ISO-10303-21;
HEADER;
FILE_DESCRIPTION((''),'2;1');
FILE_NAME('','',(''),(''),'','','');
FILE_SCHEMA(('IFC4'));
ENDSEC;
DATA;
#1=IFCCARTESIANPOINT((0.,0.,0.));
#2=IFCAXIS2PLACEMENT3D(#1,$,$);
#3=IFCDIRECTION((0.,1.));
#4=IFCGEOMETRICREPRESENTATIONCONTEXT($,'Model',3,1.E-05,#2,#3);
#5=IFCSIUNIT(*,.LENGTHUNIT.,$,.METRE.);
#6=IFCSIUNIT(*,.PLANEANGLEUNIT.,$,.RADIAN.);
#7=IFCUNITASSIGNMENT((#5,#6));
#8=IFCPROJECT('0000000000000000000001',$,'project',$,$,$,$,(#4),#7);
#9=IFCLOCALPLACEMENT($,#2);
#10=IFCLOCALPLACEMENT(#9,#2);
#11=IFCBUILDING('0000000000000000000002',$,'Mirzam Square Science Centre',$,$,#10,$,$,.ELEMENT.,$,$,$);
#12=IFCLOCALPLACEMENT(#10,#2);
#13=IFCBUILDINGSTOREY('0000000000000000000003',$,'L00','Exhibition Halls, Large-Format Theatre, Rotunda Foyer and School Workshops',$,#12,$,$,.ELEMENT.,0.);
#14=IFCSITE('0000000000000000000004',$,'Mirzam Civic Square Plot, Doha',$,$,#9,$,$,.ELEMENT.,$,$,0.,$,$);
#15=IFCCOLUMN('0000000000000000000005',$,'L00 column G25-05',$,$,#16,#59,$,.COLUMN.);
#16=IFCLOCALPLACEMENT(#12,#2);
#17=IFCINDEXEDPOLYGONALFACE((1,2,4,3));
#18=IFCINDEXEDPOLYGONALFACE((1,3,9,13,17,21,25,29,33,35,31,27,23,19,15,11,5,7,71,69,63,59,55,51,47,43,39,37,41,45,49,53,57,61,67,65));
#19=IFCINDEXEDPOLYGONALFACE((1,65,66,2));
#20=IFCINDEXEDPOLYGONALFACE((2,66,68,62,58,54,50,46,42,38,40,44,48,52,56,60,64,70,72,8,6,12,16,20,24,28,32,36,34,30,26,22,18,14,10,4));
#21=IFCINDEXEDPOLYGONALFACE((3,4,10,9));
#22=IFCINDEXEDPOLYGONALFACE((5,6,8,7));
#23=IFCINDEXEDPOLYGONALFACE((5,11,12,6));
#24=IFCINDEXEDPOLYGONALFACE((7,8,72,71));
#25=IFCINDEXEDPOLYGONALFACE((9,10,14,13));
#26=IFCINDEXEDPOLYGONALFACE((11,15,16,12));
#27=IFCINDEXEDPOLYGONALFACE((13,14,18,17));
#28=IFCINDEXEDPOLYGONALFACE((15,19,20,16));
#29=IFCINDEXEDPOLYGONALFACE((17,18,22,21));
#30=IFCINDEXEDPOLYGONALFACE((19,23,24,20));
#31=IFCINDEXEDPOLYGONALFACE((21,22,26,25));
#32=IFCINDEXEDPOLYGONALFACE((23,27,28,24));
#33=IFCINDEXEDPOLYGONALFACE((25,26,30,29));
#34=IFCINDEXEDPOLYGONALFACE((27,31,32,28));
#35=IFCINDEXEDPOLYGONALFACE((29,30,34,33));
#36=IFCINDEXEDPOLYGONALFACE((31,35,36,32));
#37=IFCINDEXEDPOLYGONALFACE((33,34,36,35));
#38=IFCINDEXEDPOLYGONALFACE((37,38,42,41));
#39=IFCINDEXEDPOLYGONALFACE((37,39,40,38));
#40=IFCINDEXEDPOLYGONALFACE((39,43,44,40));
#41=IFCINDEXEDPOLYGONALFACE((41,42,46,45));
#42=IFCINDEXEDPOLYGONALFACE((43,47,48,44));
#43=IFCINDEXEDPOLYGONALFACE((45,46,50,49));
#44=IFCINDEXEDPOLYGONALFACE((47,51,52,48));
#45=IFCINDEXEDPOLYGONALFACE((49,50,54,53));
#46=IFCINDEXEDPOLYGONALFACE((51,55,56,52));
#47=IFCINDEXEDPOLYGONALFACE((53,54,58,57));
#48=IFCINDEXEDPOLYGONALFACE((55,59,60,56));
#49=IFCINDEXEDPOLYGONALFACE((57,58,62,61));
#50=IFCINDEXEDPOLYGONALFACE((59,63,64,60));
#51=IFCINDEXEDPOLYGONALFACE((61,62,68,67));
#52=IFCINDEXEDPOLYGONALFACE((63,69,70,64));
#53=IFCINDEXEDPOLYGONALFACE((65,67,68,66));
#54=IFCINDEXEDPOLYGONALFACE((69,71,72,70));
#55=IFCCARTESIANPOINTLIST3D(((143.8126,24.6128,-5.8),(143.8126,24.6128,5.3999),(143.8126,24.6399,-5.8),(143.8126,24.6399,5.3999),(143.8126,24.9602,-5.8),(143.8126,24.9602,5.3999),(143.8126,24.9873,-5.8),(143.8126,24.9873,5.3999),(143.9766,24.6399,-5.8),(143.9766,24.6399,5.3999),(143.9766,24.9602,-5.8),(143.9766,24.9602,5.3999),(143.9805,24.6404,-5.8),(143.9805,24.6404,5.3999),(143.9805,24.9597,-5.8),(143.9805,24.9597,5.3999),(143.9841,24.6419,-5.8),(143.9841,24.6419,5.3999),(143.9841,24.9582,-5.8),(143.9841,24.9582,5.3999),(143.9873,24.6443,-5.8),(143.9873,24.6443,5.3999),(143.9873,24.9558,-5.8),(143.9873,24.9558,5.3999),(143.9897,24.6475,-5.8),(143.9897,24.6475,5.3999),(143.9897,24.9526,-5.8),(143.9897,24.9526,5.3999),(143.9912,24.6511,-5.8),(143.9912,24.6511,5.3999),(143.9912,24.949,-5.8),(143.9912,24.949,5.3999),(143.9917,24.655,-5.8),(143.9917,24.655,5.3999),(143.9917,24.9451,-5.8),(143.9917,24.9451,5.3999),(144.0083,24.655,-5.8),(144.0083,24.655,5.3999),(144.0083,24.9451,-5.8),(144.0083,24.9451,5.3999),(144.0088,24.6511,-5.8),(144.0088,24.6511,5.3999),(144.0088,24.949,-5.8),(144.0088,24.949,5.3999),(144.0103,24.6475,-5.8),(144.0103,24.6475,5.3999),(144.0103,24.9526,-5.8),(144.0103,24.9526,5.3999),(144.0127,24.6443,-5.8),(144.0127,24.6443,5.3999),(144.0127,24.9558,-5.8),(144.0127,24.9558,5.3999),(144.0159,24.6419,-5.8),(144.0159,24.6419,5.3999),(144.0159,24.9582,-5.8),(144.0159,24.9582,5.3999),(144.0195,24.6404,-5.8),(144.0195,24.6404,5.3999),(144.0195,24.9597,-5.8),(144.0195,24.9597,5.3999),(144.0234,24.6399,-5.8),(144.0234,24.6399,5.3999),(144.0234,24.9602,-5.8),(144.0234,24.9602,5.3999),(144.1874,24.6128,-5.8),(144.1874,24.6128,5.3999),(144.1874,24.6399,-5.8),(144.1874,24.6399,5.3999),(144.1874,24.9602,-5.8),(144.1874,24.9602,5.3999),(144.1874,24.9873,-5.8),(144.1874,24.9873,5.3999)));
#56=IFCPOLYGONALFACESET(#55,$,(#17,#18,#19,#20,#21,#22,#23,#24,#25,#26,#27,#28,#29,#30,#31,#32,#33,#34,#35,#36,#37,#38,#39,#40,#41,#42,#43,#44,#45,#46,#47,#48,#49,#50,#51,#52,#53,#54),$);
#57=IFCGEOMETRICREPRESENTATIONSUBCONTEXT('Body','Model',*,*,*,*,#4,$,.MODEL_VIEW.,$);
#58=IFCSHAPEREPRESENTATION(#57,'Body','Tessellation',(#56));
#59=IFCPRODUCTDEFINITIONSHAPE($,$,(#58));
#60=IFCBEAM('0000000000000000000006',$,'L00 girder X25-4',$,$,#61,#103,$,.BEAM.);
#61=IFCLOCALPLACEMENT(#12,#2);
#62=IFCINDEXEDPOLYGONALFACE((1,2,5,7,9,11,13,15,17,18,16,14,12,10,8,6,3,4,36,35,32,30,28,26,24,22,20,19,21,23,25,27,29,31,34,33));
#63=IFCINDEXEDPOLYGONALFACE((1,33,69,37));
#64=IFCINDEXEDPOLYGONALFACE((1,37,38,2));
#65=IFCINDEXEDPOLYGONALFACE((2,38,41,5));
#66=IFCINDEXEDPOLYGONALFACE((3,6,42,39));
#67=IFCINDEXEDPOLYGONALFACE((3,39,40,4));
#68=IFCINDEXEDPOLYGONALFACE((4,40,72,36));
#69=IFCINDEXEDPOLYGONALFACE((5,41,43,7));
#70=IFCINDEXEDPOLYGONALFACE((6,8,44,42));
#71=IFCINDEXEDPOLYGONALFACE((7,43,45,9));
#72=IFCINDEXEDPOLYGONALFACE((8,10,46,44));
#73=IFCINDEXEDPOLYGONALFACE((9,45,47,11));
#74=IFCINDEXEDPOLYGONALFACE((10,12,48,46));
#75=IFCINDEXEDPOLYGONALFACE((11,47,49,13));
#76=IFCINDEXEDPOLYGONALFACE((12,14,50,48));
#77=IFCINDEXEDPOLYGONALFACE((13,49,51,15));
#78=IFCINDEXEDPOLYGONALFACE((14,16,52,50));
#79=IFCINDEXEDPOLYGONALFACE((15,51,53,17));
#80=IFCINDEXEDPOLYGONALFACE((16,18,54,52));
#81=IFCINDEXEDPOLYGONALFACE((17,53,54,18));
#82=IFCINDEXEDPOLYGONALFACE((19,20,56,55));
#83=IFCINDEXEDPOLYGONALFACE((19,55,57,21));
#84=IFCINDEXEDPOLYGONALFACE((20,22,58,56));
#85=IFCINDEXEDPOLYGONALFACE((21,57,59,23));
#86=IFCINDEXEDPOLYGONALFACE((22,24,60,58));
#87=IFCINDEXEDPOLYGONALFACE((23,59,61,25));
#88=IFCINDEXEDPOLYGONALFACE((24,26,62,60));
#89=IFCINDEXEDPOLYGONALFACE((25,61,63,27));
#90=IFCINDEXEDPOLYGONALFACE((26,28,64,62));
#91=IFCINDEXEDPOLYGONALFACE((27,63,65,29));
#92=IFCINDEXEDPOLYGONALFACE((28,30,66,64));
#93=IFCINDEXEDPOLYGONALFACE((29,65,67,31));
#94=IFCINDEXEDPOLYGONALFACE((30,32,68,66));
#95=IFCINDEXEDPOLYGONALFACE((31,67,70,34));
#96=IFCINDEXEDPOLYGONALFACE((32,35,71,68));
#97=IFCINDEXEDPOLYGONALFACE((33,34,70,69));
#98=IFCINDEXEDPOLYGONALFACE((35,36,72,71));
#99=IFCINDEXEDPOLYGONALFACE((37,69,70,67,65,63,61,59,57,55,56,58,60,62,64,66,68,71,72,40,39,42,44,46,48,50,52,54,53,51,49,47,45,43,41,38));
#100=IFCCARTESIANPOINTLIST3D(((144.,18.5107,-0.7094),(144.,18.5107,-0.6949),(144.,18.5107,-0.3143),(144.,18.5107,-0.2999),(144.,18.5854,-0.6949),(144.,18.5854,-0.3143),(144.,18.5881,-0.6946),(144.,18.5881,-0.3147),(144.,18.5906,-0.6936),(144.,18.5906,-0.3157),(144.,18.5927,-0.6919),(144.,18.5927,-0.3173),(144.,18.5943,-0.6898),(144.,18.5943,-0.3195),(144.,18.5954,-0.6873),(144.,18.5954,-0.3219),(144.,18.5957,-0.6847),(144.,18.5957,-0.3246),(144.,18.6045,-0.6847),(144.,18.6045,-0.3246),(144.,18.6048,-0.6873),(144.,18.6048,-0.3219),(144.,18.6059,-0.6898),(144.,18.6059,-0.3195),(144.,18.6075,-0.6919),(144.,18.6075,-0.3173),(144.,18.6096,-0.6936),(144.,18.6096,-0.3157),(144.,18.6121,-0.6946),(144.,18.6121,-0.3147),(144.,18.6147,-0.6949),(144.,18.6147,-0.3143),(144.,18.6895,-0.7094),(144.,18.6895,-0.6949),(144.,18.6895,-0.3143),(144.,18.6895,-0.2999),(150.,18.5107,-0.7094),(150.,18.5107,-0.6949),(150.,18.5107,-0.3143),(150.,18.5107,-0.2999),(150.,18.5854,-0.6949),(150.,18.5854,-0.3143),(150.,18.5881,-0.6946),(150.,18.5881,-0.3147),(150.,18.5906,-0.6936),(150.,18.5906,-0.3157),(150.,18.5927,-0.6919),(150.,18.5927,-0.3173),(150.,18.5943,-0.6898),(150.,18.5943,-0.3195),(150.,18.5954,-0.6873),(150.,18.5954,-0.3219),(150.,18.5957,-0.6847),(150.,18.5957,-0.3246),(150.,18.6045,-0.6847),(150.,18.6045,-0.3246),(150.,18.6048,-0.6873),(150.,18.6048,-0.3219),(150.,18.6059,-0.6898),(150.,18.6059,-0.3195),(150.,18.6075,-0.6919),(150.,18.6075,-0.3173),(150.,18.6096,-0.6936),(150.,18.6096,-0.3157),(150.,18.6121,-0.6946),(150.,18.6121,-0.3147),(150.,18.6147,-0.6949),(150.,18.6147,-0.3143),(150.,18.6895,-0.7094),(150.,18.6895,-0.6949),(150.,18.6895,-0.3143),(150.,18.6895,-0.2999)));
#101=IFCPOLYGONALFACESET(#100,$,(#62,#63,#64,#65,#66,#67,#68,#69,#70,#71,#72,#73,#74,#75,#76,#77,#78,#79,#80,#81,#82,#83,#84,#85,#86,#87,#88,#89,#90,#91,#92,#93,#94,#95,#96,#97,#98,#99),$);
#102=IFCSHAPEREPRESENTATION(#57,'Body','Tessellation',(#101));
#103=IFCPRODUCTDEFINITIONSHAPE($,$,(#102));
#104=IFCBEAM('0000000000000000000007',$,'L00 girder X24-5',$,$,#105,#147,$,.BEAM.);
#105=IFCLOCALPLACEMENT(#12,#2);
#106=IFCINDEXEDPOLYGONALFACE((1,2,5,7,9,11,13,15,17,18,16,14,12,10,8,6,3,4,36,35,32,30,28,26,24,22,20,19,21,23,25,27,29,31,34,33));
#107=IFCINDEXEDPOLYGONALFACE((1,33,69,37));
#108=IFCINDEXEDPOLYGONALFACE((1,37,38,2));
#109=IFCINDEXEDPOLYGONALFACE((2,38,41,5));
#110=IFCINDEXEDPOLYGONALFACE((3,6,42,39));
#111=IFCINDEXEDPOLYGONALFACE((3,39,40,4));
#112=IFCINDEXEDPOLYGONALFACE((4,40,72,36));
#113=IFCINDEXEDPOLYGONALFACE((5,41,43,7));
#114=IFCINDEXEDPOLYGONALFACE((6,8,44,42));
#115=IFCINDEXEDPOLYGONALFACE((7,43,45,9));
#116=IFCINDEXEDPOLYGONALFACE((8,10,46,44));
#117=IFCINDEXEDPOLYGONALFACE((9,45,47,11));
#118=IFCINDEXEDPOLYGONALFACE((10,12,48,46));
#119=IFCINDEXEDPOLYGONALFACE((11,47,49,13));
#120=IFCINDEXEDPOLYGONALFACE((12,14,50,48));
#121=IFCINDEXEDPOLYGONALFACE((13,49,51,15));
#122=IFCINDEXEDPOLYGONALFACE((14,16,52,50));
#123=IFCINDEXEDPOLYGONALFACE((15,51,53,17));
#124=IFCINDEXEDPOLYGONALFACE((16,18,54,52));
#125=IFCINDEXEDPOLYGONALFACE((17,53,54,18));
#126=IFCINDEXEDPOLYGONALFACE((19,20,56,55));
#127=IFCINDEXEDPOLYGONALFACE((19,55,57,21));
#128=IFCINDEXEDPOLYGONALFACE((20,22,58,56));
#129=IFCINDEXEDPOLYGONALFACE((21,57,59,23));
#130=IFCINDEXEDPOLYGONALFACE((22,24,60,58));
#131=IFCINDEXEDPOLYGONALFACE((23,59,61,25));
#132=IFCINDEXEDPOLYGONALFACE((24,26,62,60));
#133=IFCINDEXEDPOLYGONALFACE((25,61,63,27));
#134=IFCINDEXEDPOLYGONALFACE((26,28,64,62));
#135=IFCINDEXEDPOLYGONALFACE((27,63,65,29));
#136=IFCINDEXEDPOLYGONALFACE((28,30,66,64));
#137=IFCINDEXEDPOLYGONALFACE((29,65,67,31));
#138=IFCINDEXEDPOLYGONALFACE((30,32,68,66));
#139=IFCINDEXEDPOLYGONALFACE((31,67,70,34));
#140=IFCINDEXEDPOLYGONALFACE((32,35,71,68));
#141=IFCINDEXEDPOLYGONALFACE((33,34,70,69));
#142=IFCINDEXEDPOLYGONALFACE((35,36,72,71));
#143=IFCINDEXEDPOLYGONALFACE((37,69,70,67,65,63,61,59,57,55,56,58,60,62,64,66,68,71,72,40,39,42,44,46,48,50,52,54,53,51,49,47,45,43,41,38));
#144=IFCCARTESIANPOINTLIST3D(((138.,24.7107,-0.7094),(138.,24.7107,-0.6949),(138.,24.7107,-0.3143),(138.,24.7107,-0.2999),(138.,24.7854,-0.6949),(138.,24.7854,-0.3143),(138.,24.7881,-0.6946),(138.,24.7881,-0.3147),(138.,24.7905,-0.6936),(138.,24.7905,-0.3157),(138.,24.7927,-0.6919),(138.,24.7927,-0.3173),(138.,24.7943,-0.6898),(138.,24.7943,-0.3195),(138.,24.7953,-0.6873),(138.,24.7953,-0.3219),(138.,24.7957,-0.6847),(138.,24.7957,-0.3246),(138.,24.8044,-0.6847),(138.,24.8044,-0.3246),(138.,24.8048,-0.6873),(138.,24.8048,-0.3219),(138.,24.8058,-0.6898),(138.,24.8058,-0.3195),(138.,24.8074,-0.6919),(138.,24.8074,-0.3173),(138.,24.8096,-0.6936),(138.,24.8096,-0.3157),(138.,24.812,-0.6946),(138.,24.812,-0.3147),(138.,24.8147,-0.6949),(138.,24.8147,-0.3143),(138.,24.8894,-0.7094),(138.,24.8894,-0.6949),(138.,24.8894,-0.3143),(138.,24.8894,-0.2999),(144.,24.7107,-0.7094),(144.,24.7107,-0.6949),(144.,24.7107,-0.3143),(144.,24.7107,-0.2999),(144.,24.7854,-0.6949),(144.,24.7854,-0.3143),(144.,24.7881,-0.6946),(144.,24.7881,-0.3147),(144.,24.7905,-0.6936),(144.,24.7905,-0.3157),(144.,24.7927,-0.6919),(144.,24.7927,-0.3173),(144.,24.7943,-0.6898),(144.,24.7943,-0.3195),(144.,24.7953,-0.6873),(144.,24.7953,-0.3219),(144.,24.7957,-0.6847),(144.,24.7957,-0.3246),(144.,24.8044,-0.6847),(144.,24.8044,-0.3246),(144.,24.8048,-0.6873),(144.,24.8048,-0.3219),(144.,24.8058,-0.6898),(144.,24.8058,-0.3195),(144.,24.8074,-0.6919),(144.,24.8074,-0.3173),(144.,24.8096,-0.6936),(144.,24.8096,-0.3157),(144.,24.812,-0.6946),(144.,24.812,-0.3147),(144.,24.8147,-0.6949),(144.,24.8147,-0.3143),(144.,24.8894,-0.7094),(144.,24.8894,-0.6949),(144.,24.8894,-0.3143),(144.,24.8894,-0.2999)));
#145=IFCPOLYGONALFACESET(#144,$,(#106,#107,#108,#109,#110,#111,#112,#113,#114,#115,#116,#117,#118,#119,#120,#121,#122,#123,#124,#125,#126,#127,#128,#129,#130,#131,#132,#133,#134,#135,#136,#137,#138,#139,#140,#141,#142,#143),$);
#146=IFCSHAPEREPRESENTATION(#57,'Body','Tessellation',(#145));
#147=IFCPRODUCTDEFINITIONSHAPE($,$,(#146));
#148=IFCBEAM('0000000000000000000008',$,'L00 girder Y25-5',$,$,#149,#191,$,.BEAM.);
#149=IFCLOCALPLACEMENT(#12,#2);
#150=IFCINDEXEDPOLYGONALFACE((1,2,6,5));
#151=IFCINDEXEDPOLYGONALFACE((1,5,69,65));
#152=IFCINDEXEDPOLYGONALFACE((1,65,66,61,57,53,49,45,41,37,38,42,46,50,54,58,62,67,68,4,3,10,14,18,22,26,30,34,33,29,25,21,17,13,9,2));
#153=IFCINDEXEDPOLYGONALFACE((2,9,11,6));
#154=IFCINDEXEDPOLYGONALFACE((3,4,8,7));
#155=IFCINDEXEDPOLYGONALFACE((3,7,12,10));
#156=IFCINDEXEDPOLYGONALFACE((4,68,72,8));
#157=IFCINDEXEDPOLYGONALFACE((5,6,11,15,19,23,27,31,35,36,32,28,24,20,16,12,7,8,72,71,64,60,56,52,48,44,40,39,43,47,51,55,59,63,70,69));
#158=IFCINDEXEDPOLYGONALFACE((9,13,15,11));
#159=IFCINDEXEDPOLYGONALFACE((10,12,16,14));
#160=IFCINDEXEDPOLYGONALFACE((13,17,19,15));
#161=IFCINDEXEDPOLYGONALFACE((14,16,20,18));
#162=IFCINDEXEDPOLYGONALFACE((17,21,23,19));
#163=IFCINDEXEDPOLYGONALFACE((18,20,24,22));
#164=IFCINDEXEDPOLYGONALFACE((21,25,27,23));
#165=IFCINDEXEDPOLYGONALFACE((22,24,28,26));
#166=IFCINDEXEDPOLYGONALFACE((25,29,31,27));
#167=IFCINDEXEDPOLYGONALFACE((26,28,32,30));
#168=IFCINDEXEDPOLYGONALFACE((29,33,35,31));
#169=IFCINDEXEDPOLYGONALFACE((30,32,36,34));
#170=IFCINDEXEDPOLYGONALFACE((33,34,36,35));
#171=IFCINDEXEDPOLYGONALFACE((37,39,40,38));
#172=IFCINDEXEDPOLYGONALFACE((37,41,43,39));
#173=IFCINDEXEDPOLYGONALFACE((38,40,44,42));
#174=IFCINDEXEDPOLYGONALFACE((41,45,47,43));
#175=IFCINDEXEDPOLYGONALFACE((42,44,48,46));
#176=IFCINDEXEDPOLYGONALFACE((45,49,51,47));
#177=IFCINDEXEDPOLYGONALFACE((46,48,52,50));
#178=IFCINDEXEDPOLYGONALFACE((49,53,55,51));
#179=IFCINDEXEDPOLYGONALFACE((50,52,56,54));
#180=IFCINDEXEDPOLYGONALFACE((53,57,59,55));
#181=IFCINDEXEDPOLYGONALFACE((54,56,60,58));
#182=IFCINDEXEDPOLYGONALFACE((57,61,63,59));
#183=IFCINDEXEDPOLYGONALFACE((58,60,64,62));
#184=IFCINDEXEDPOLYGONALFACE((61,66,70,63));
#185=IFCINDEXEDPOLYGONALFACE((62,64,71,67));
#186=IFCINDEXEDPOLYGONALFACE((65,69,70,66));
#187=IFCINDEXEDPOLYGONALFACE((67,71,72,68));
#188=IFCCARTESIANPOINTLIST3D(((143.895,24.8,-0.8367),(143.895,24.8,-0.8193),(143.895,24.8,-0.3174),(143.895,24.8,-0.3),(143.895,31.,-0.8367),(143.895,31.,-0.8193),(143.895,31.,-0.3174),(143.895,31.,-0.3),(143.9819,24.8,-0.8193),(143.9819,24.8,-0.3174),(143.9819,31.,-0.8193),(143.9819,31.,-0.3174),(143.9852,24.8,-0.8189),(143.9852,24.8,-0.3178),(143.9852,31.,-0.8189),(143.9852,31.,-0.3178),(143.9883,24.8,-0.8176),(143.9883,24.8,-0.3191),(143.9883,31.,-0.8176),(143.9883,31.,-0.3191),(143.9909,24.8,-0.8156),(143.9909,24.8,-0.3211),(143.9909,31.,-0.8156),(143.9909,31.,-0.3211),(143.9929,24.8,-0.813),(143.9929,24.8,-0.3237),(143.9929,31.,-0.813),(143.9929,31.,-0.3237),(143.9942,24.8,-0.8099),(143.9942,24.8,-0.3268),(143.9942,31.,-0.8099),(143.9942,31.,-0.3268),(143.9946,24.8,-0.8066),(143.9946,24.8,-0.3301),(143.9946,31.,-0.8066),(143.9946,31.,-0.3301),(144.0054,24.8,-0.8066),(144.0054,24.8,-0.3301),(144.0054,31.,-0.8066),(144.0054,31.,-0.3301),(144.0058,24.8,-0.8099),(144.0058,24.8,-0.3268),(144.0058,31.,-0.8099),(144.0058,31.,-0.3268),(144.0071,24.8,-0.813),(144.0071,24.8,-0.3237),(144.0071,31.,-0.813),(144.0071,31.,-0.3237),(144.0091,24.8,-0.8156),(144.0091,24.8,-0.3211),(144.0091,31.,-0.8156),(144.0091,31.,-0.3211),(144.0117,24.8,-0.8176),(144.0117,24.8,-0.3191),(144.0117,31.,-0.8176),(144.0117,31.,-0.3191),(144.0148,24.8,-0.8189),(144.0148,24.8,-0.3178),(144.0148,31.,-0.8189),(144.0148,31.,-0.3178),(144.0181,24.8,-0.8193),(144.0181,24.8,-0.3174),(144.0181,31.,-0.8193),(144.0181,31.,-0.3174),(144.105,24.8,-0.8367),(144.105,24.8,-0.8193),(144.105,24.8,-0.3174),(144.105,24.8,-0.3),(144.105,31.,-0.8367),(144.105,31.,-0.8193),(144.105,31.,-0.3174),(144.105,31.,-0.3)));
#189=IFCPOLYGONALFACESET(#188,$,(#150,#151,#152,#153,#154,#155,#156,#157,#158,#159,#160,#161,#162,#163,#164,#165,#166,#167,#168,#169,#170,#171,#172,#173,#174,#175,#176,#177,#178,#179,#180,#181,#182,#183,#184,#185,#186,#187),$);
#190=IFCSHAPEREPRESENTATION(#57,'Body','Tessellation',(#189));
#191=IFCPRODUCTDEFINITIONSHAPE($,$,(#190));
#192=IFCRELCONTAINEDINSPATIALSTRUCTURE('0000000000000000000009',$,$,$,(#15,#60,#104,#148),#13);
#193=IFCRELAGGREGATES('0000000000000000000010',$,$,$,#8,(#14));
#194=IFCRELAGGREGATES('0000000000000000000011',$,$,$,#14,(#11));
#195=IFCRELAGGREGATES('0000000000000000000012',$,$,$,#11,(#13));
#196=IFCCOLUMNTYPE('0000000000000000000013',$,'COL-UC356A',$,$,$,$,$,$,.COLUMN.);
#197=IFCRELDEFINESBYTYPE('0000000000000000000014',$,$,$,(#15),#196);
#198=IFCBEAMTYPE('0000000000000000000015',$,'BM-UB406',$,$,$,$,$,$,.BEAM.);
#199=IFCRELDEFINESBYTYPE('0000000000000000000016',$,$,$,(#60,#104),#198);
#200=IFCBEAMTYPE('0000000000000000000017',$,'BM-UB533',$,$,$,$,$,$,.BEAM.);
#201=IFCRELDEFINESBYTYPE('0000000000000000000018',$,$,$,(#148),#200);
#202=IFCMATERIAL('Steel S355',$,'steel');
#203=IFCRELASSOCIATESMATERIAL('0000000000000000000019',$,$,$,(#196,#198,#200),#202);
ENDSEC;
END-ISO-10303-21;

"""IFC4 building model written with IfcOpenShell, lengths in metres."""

from ifc_helpers import new_model, si_unit, direction, frame, origin, origin_2d, place, context, subcontext, project, spatial, i_section, extrude, material, material_profile, profile_set, type_object, element, save


model = new_model("IFC4")

# Units and contexts
model_context = context("Model", 3, precision=1e-05, world=origin(), true_north=direction((0.0, 1.0)))
body_context = subcontext(model_context, "Body", "Model", "MODEL_VIEW")
ifc_project = project(units=[si_unit("LENGTHUNIT", "METRE"), si_unit("PLANEANGLEUNIT", "RADIAN")], contexts=[model_context])

# Site, building, storey
site_placement = place(None, origin())
site = spatial("IfcSite", under=ifc_project, at=site_placement, Name="Mirzam Civic Square Plot, Doha", CompositionType="ELEMENT", RefElevation=0.0)
building_placement = place(site_placement, origin())
building = spatial("IfcBuilding", under=site, at=building_placement, Name="Mirzam Square Science Centre", CompositionType="ELEMENT")
storey_placement = place(building_placement, origin())
storey = spatial("IfcBuildingStorey", under=building, at=storey_placement, Name="L00", Description="Exhibition Halls, Large-Format Theatre, Rotunda Foyer and School Workshops", CompositionType="ELEMENT", Elevation=0.0)

# Column
ifc_material_1 = material(Name="Steel S355", Category="steel")
ifc_material_profile_1 = material_profile(ifc_material_1, i_section(OverallWidth=0.3748, OverallDepth=0.3745, WebThickness=0.0166, FlangeThickness=0.0271, FilletRadius=0.0151, at=origin_2d()), Name="356x368x202UC")
ifc_profile_set_1 = profile_set([ifc_material_profile_1], Name="Steel S355")
column_type_1 = type_object("IfcColumnType", Name="COL-UC356A", PredefinedType="COLUMN", material=ifc_profile_set_1)
column_placement = place(storey_placement, frame((144.0, 24.8, -5.8), z_axis=(0.0, 0.0, 1.0), x_axis=(1.0, 0.0, 0.0)))
element("IfcColumn", 1, at=column_placement, inside=storey, type_object=column_type_1, Name="L00 column G25-05", PredefinedType="COLUMN", context=body_context, shape_type="SweptSolid", body=[
    extrude(i_section(OverallWidth=0.3748, OverallDepth=0.3745, WebThickness=0.0166, FlangeThickness=0.0271, FilletRadius=0.0151, at=origin_2d()), origin(), (0.0, 0.0, 1.0), 11.2),
])

# Beams
ifc_material_profile_2 = material_profile(ifc_material_1, i_section(OverallWidth=0.1787, OverallDepth=0.4094, WebThickness=0.0088, FlangeThickness=0.0144, FilletRadius=0.0103, at=origin_2d()), Name="406x178x67UB")
ifc_profile_set_2 = profile_set([ifc_material_profile_2], Name="Steel S355")
beam_type_1 = type_object("IfcBeamType", Name="BM-UB406", PredefinedType="BEAM", material=ifc_profile_set_2)
for number, where, z_axis, x_axis, name in (
    (2, (144.0, 18.6001, -0.5046), (1.0, 0.0, 0.0), (0.0, 1.0, 0.0), "L00 girder X25-4"),
    (3, (138.0, 24.8, -0.5046), (1.0, 0.0, 0.0), (0.0, 1.0, 0.0), "L00 girder X24-5"),
):
    element("IfcBeam", number, at=place(storey_placement, frame(where, z_axis=z_axis, x_axis=x_axis)), inside=storey, type_object=beam_type_1, Name=name, PredefinedType="BEAM", context=body_context, shape_type="SweptSolid", body=[
        extrude(i_section(OverallWidth=0.1787, OverallDepth=0.4094, WebThickness=0.0088, FlangeThickness=0.0144, FilletRadius=0.0103, at=origin_2d()), origin(), (0.0, 0.0, 1.0), 6.0),
    ])
ifc_material_profile_3 = material_profile(ifc_material_1, i_section(OverallWidth=0.21, OverallDepth=0.5366, WebThickness=0.0107, FlangeThickness=0.0173, FilletRadius=0.0127, at=origin_2d()), Name="533x210x101UB")
ifc_profile_set_3 = profile_set([ifc_material_profile_3], Name="Steel S355")
beam_type_2 = type_object("IfcBeamType", Name="BM-UB533", PredefinedType="BEAM", material=ifc_profile_set_3)
beam_1_placement = place(storey_placement, frame((144.0, 24.8, -0.5684), z_axis=(0.0, 1.0, 0.0), x_axis=(-1.0, 0.0, 0.0)))
element("IfcBeam", 4, at=beam_1_placement, inside=storey, type_object=beam_type_2, Name="L00 girder Y25-5", PredefinedType="BEAM", context=body_context, shape_type="SweptSolid", body=[
    extrude(i_section(OverallWidth=0.21, OverallDepth=0.5366, WebThickness=0.0107, FlangeThickness=0.0173, FilletRadius=0.0127, at=origin_2d()), origin(), (0.0, 0.0, 1.0), 6.2),
])

save(model, "model.ifc")
